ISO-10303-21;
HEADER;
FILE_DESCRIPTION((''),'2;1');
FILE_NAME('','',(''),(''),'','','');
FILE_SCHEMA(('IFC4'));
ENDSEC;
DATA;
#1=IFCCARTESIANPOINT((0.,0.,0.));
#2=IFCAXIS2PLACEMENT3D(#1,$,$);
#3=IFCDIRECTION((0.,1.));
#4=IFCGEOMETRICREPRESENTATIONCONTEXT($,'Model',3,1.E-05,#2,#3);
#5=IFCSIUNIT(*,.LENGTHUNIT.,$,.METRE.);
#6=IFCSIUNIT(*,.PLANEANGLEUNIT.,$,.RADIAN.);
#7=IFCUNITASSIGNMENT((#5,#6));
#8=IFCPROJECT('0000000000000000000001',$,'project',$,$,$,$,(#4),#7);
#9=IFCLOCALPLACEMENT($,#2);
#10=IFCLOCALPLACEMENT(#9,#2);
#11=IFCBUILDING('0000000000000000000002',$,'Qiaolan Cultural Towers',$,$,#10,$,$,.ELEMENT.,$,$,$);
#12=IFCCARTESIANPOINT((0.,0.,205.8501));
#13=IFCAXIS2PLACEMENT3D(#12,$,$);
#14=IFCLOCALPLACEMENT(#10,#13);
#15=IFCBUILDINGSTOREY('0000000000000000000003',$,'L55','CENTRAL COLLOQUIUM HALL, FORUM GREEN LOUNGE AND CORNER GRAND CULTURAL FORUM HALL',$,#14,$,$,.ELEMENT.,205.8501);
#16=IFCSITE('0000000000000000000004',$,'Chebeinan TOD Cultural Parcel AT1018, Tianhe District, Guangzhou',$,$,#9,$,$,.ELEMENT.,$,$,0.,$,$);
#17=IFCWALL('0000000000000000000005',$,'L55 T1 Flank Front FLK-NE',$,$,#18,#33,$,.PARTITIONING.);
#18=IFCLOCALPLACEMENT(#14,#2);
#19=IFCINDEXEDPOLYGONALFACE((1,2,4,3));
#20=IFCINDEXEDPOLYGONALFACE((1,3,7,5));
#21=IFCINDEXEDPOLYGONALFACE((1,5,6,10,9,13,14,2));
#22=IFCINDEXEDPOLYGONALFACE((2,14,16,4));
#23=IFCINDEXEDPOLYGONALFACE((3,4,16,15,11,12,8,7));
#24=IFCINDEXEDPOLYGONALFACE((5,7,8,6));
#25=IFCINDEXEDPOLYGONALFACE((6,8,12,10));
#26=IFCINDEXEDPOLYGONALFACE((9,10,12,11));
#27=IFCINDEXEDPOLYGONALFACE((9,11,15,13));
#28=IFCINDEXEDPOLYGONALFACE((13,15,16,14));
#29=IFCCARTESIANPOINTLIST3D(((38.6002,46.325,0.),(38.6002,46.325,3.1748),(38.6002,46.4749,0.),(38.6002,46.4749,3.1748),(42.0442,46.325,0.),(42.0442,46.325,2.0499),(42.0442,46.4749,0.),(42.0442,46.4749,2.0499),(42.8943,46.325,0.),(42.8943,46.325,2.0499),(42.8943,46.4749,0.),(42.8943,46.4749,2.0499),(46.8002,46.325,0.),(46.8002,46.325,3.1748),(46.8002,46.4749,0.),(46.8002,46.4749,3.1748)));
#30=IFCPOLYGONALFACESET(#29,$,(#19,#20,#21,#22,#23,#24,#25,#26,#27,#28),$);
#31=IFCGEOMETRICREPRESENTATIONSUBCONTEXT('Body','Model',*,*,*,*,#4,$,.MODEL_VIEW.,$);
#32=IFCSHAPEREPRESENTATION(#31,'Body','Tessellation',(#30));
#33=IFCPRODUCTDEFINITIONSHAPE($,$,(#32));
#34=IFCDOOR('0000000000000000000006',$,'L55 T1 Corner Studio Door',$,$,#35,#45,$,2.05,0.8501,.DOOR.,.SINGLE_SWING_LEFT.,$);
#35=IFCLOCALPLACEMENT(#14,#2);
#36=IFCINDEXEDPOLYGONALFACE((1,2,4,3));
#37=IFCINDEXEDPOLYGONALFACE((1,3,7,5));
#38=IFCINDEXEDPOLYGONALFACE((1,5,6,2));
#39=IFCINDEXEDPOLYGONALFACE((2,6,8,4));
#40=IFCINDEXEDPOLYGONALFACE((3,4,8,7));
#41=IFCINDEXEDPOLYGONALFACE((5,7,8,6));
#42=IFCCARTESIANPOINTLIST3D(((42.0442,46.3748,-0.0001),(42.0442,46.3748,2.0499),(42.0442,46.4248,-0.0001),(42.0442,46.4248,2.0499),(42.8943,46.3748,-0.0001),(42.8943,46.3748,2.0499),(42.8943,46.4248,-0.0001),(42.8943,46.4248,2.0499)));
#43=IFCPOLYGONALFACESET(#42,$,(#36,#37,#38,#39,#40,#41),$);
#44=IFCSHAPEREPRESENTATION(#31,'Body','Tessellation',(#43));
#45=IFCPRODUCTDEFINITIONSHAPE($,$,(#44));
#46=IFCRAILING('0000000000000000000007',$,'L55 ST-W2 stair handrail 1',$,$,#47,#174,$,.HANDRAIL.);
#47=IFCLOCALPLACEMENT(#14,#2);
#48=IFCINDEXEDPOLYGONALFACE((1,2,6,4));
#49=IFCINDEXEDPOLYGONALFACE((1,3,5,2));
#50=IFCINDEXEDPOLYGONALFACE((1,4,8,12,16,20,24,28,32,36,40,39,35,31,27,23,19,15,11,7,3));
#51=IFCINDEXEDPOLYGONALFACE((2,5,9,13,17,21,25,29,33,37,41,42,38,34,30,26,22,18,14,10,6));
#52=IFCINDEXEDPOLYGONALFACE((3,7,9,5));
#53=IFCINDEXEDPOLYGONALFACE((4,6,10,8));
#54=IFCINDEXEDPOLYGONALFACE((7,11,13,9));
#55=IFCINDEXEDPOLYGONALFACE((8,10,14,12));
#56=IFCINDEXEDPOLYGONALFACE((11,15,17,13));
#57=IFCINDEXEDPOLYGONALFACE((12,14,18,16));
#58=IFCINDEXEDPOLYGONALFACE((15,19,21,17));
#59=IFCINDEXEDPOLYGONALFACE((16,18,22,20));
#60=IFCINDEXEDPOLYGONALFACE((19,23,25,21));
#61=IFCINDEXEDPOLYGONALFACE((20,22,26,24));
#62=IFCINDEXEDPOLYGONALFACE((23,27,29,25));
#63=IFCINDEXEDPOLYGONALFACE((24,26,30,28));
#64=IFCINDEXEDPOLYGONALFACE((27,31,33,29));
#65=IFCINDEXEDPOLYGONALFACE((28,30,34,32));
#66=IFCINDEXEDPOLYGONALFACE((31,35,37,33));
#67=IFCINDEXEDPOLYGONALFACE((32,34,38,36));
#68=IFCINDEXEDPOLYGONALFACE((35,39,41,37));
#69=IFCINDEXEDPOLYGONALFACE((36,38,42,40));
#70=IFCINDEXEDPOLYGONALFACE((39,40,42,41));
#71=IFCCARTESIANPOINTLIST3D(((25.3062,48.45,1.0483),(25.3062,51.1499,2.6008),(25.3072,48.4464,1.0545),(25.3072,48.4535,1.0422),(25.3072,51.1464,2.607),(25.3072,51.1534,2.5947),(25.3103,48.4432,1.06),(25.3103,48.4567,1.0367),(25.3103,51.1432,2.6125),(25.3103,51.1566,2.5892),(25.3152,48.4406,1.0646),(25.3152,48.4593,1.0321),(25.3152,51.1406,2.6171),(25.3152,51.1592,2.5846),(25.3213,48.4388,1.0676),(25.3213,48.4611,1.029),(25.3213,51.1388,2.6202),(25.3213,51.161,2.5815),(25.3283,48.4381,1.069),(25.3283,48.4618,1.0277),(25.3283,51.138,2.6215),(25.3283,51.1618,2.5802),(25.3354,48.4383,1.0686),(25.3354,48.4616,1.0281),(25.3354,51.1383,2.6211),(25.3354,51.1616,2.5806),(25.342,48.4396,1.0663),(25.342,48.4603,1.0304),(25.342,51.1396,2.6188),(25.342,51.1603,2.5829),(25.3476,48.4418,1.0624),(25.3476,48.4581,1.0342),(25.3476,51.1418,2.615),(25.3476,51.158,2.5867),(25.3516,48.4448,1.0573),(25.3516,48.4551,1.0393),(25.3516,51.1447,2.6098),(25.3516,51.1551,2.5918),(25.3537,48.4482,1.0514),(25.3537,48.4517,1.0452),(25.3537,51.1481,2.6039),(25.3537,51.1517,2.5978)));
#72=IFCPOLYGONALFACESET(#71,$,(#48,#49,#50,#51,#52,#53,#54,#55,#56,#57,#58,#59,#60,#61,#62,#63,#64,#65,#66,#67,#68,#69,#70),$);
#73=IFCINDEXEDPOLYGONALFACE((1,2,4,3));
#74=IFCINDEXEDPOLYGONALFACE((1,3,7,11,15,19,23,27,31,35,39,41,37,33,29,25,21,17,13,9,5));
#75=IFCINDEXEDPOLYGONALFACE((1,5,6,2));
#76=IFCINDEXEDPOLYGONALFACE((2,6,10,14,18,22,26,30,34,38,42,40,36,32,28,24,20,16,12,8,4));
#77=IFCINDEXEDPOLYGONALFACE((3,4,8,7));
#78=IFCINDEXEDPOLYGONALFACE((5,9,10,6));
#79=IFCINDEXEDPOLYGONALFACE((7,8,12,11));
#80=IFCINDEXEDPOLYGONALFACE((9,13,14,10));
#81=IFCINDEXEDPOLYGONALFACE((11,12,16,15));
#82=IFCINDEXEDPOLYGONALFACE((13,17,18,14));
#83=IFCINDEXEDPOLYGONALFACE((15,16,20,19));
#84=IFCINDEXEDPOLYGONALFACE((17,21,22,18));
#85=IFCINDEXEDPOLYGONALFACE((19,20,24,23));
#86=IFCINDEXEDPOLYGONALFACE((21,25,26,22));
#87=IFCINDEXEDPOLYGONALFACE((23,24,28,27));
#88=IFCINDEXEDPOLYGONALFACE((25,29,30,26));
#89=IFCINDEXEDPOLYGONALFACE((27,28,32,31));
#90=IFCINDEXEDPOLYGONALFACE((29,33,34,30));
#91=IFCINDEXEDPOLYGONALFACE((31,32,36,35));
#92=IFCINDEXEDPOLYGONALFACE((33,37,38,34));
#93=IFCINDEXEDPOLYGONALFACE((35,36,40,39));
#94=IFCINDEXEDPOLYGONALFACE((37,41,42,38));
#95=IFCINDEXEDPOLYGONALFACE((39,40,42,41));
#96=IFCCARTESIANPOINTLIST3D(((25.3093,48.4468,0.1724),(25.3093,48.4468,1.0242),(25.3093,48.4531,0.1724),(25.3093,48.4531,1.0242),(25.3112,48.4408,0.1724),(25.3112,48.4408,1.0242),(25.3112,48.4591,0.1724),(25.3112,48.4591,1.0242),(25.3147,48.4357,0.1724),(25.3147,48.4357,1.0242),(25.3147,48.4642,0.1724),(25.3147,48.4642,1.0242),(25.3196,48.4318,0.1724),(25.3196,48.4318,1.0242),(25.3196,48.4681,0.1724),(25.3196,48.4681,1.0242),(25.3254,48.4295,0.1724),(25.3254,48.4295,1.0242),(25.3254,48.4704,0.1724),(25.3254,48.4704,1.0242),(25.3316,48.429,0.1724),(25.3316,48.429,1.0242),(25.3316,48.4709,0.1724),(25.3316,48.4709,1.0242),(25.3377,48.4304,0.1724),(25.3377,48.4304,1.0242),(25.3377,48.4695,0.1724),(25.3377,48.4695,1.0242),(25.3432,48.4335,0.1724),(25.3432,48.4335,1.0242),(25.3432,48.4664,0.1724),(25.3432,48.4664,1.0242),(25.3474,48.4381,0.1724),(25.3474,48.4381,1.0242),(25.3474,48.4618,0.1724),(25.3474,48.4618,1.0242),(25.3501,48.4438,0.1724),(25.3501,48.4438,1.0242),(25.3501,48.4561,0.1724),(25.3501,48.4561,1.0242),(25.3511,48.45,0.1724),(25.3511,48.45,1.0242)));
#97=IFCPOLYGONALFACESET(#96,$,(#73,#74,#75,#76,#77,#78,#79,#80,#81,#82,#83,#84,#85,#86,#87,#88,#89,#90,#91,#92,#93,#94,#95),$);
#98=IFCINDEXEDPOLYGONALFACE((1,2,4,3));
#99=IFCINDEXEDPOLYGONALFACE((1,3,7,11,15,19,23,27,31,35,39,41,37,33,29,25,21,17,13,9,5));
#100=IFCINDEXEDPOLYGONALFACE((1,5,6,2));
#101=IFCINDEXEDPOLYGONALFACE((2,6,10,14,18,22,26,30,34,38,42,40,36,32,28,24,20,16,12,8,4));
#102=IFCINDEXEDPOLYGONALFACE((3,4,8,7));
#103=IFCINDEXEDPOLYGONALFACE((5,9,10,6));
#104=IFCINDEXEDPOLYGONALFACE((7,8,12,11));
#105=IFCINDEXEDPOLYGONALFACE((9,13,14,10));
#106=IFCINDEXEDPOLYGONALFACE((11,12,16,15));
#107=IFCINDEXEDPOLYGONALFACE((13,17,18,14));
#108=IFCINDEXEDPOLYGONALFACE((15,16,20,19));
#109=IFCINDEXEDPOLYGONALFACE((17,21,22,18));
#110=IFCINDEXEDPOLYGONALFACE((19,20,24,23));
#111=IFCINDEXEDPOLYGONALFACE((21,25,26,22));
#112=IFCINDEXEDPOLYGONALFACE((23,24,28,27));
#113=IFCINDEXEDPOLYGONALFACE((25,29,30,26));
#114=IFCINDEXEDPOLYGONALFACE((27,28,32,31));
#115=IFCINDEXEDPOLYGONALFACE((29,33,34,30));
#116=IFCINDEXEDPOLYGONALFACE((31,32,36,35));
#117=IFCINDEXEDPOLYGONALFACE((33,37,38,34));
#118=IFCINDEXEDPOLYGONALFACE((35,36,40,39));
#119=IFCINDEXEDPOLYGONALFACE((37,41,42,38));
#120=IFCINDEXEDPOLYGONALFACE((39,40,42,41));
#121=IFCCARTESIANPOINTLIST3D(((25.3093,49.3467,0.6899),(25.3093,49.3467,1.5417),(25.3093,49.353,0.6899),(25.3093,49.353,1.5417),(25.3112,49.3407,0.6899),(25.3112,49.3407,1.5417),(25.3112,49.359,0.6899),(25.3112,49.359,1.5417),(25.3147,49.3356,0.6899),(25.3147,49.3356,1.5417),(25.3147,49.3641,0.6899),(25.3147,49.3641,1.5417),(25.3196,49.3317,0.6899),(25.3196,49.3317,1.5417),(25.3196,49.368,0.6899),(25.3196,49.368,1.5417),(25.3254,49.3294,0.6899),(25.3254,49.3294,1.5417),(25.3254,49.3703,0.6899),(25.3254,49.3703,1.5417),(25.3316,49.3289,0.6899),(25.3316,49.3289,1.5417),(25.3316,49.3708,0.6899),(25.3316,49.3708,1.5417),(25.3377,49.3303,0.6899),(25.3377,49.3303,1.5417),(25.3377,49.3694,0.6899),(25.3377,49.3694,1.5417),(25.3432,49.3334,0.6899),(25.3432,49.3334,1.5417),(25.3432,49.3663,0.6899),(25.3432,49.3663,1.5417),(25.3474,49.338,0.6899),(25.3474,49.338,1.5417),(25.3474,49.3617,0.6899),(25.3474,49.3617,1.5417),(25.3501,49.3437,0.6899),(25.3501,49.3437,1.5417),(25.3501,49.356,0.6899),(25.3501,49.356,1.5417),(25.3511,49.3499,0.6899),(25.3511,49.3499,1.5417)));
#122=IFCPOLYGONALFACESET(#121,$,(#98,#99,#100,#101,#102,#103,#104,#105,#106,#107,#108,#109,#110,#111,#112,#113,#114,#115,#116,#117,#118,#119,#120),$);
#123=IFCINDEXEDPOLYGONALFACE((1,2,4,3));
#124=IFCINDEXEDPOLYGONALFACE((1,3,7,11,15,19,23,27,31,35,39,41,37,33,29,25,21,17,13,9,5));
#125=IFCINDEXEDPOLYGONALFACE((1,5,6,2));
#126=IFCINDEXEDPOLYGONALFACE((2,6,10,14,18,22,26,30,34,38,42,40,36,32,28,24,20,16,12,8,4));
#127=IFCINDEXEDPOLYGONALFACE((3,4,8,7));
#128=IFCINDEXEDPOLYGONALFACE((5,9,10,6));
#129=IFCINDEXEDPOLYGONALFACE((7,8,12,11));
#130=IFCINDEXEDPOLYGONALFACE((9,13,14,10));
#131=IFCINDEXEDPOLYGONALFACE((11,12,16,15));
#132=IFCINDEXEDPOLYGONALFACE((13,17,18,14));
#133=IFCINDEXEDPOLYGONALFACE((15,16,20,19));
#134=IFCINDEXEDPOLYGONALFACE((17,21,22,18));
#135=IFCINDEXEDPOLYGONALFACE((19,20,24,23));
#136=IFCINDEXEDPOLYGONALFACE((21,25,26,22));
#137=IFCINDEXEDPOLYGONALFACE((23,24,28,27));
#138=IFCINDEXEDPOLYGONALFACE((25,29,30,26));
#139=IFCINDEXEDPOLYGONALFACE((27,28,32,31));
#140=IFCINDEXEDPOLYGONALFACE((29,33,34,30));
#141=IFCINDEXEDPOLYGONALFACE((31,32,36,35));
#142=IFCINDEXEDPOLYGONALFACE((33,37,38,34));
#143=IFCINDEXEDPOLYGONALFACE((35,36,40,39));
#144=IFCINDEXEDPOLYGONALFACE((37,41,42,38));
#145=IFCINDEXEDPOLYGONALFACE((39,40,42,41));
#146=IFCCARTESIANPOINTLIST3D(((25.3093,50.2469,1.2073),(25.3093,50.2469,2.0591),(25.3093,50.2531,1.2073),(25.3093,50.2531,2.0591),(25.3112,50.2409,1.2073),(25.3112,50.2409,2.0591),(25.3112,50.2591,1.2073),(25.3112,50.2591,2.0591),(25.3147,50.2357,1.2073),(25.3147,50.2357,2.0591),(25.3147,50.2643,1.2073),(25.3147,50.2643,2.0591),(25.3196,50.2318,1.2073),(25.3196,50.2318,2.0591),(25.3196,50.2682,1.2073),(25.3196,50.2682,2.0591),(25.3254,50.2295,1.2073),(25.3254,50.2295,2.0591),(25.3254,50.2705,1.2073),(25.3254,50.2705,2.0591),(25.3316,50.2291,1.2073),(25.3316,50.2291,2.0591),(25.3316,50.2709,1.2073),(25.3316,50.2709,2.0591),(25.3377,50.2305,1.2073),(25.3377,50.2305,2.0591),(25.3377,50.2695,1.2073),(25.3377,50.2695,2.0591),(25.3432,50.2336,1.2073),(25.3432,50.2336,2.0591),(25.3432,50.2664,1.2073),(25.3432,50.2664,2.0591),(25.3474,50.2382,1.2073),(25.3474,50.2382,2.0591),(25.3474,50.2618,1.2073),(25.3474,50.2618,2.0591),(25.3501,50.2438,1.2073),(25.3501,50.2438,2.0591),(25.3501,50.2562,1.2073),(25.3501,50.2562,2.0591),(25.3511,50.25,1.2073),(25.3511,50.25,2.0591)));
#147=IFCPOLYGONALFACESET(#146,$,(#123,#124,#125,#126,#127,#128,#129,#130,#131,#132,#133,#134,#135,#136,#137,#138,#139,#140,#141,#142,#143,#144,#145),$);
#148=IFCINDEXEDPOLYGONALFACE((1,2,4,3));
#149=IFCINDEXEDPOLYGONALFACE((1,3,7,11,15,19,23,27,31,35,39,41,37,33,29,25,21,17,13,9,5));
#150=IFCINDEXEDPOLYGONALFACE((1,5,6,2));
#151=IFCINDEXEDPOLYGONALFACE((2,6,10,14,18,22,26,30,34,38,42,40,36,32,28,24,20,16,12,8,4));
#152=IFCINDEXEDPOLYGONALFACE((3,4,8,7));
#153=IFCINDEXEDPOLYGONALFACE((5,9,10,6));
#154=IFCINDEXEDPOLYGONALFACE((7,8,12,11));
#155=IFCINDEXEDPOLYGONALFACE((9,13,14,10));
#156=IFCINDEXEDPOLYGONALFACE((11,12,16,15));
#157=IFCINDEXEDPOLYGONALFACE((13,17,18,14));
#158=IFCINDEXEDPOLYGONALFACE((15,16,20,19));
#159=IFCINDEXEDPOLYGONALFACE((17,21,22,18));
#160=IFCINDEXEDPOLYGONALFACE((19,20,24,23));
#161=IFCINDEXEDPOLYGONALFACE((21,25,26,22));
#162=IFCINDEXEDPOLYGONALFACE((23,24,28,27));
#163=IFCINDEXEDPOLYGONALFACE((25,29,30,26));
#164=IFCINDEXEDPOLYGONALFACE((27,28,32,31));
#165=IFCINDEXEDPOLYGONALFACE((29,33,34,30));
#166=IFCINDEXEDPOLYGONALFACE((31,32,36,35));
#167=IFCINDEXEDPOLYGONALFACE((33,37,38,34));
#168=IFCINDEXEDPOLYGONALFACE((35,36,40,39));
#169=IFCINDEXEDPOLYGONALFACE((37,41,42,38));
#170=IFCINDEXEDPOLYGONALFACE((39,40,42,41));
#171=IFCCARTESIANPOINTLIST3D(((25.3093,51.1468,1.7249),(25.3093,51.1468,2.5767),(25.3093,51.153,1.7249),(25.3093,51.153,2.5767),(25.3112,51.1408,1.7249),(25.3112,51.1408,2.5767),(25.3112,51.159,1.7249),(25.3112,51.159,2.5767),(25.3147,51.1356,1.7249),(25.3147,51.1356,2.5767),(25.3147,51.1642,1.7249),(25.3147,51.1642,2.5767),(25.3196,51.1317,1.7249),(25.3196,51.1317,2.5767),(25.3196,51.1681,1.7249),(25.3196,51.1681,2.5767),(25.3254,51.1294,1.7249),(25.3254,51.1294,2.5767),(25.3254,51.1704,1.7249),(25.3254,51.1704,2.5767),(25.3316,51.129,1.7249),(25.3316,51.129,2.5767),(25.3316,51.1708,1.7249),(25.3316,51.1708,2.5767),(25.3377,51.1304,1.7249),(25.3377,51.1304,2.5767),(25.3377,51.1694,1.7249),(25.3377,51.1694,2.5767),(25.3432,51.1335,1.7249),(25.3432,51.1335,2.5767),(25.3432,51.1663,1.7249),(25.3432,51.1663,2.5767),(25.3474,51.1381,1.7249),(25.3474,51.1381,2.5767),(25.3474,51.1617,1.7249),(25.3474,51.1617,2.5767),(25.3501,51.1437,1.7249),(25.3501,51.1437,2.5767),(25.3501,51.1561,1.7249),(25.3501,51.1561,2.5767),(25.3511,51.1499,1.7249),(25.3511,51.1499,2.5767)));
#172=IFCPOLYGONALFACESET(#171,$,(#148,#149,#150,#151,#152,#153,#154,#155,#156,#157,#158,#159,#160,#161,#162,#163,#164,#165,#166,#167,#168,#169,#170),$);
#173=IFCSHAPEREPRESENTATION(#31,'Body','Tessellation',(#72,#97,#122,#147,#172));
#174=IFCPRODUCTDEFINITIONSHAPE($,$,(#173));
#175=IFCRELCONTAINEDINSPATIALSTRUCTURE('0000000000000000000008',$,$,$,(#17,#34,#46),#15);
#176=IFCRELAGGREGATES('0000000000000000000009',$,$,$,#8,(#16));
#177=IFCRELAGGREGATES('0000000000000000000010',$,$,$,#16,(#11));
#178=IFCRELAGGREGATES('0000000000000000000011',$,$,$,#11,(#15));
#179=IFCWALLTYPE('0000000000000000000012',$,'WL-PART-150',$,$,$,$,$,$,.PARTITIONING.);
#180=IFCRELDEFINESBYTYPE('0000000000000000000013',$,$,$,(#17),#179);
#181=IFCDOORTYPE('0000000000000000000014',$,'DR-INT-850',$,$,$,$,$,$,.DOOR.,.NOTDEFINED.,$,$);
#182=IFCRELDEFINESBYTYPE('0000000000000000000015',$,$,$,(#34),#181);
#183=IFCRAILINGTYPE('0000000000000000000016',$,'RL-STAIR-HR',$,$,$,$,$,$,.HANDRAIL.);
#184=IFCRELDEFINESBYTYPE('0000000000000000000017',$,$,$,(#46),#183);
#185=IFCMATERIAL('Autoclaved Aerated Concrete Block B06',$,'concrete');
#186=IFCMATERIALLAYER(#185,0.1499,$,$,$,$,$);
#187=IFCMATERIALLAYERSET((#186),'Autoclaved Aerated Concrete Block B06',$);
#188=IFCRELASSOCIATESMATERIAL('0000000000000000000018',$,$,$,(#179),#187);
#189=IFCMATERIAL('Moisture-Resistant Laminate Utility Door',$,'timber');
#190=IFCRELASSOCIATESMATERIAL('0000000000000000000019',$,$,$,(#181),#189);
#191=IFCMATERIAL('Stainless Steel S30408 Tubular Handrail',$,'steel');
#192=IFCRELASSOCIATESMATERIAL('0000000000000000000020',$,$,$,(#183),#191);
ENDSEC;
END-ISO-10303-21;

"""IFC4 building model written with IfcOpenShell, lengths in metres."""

from ifc_helpers import new_model, si_unit, direction, frame, frame_2d, origin, origin_2d, place, context, subcontext, project, spatial, rectangle, circle, extrude, material, layer, layer_set, type_object, element, fill, save


model = new_model("IFC4")

# Units and contexts
model_context = context("Model", 3, precision=1e-05, world=origin(), true_north=direction((0.0, 1.0)))
body_context = subcontext(model_context, "Body", "Model", "MODEL_VIEW")
ifc_project = project(units=[si_unit("LENGTHUNIT", "METRE"), si_unit("PLANEANGLEUNIT", "RADIAN")], contexts=[model_context])

# Site, building, storey
site_placement = place(None, origin())
site = spatial("IfcSite", under=ifc_project, at=site_placement, Name="Chebeinan TOD Cultural Parcel AT1018, Tianhe District, Guangzhou", CompositionType="ELEMENT", RefElevation=0.0)
building_placement = place(site_placement, origin())
building = spatial("IfcBuilding", under=site, at=building_placement, Name="Qiaolan Cultural Towers", CompositionType="ELEMENT")
storey_placement = place(building_placement, frame((0.0, 0.0, 205.8501)))
storey = spatial("IfcBuildingStorey", under=building, at=storey_placement, Name="L55", Description="CENTRAL COLLOQUIUM HALL, FORUM GREEN LOUNGE AND CORNER GRAND CULTURAL FORUM HALL", CompositionType="ELEMENT", Elevation=205.8501)

# Shared definitions
ifc_material_1 = material(Name="Autoclaved Aerated Concrete Block B06", Category="concrete")
ifc_layer_1 = layer(ifc_material_1, 0.1499)
ifc_layer_set_1 = layer_set([ifc_layer_1], Name="Autoclaved Aerated Concrete Block B06")
wall_type_1 = type_object("IfcWallType", Name="WL-PART-150", PredefinedType="PARTITIONING", material=ifc_layer_set_1)

# Wall, opening, door
wall_1_placement = place(storey_placement, frame((38.6001, 46.3999, 0.0), z_axis=(0.0, 0.0, 1.0), x_axis=(1.0, 0.0, 0.0)))
wall_1 = element("IfcWall", 1, at=wall_1_placement, inside=storey, type_object=wall_type_1, Name="L55 T1 Flank Front FLK-NE", PredefinedType="PARTITIONING", context=body_context, shape_type="SweptSolid", body=[
    extrude(rectangle(XDim=8.2, YDim=0.1499, at=frame_2d((4.1001, 0.0))), origin(), (0.0, 0.0, 1.0), 3.1748),
])
opening_1_placement = place(wall_1_placement, frame((3.4441, 0.0, 0.0)))
opening_1 = element("IfcOpeningElement", 2, at=opening_1_placement, cuts=wall_1, PredefinedType="OPENING", context=body_context, shape_type="SweptSolid", body=[
    extrude(rectangle(XDim=0.8501, YDim=2.05, at=frame_2d((0.425, 1.0249))), frame((0.0, 0.085, 0.0), z_axis=(0.0, -1.0, 0.0), x_axis=(1.0, 0.0, 0.0)), (0.0, 0.0, 1.0), 0.1699),
])
ifc_material_2 = material(Name="Moisture-Resistant Laminate Utility Door", Category="timber")
door_type_1 = type_object("IfcDoorType", Name="DR-INT-850", OperationType="NOTDEFINED", PredefinedType="DOOR", material=ifc_material_2)
door_1_placement = place(opening_1_placement, origin())
door_1 = element("IfcDoor", 3, at=door_1_placement, inside=storey, type_object=door_type_1, Name="L55 T1 Corner Studio Door", OperationType="SINGLE_SWING_LEFT", OverallHeight=2.05, OverallWidth=0.8501, PredefinedType="DOOR", context=body_context, shape_type="SweptSolid", body=[
    extrude(rectangle(XDim=0.8501, YDim=2.05, at=frame_2d((0.425, 1.0249))), frame((0.0, 0.0249, 0.0), z_axis=(0.0, -1.0, 0.0), x_axis=(1.0, 0.0, 0.0)), (0.0, 0.0, 1.0), 0.05),
])
fill(opening_1, door_1)

# Railing
ifc_material_3 = material(Name="Stainless Steel S30408 Tubular Handrail", Category="steel")
railing_type = type_object("IfcRailingType", Name="RL-STAIR-HR", PredefinedType="HANDRAIL", material=ifc_material_3)
railing_placement = place(storey_placement, frame((25.3301, 48.45, 0.1724)))
element("IfcRailing", 4, at=railing_placement, inside=storey, type_object=railing_type, Name="L55 ST-W2 stair handrail 1", PredefinedType="HANDRAIL", context=body_context, shape_type="SweptSolid", body=[
    extrude(circle(Radius=0.0239, at=origin_2d()), frame((0.0, 0.0, 0.876), z_axis=(0.0, 0.866904, 0.498476), x_axis=(-1.0, 0.0, 0.0)), (0.0, 0.0, 1.0), 3.1145),
    extrude(circle(Radius=0.021, at=origin_2d()), origin(), (0.0, 0.0, 1.0), 0.8518),
    extrude(circle(Radius=0.021, at=origin_2d()), frame((0.0, 0.8999, 0.5176)), (0.0, 0.0, 1.0), 0.8518),
    extrude(circle(Radius=0.021, at=origin_2d()), frame((0.0, 1.8, 1.0349)), (0.0, 0.0, 1.0), 0.8518),
    extrude(circle(Radius=0.021, at=origin_2d()), frame((0.0, 2.7, 1.5525)), (0.0, 0.0, 1.0), 0.8518),
])

save(model, "model.ifc")
